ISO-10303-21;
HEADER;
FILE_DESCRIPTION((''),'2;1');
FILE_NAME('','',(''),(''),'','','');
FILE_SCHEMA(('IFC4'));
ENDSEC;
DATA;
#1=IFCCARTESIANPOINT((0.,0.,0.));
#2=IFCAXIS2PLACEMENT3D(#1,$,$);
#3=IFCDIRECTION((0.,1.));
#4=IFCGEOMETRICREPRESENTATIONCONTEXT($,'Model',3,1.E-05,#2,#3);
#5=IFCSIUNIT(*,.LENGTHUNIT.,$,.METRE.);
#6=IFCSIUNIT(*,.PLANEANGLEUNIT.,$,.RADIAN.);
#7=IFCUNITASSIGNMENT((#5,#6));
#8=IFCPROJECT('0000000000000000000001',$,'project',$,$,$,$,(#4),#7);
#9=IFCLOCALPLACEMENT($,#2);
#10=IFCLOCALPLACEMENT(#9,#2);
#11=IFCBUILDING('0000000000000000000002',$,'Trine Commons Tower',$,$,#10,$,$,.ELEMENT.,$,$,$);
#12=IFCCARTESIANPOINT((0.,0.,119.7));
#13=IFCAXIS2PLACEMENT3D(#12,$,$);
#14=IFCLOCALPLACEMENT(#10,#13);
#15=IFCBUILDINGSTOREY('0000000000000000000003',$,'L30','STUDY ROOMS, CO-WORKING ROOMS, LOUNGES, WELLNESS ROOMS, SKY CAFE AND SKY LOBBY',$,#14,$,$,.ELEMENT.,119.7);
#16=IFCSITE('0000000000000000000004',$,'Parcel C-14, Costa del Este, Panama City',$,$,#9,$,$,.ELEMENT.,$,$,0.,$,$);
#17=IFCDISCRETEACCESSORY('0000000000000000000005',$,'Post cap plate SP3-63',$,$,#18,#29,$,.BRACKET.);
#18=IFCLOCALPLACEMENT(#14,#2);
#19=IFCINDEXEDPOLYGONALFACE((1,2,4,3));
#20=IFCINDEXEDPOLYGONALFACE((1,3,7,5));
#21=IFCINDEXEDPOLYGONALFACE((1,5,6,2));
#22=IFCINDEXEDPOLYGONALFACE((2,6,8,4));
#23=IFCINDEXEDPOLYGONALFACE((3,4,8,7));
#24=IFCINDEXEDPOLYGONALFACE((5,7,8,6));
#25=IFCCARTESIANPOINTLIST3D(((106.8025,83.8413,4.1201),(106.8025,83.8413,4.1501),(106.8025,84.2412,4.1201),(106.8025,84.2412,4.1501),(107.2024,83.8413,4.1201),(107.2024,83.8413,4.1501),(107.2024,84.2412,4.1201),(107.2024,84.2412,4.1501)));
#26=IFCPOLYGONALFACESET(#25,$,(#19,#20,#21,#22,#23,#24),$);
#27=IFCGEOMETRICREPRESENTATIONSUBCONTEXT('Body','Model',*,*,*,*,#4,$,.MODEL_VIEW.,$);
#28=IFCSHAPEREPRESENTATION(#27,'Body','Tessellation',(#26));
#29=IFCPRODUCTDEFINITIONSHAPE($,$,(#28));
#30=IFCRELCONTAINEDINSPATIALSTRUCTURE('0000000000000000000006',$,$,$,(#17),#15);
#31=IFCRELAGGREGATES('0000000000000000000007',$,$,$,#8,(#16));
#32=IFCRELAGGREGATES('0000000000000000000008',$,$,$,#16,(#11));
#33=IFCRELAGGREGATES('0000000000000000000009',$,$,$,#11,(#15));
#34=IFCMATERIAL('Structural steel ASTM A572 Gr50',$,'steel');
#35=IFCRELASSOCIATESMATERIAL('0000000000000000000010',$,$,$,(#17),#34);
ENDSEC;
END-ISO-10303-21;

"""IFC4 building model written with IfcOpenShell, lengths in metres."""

from ifc_helpers import new_model, si_unit, direction, frame, origin, origin_2d, place, context, subcontext, project, spatial, rectangle, extrude, material, element, save


model = new_model("IFC4")

# Units and contexts
model_context = context("Model", 3, precision=1e-05, world=origin(), true_north=direction((0.0, 1.0)))
body_context = subcontext(model_context, "Body", "Model", "MODEL_VIEW")
ifc_project = project(units=[si_unit("LENGTHUNIT", "METRE"), si_unit("PLANEANGLEUNIT", "RADIAN")], contexts=[model_context])

# Site, building, storey
site_placement = place(None, origin())
site = spatial("IfcSite", under=ifc_project, at=site_placement, Name="Parcel C-14, Costa del Este, Panama City", CompositionType="ELEMENT", RefElevation=0.0)
building_placement = place(site_placement, origin())
building = spatial("IfcBuilding", under=site, at=building_placement, Name="Trine Commons Tower", CompositionType="ELEMENT")
storey_placement = place(building_placement, frame((0.0, 0.0, 119.7)))
storey = spatial("IfcBuildingStorey", under=building, at=storey_placement, Name="L30", Description="STUDY ROOMS, CO-WORKING ROOMS, LOUNGES, WELLNESS ROOMS, SKY CAFE AND SKY LOBBY", CompositionType="ELEMENT", Elevation=119.7)

# Discrete accessory
ifc_material_1 = material(Name="Structural steel ASTM A572 Gr50", Category="steel")
for number, where, z_axis, x_axis, name in (
    (1, (107.0024, 84.0413, 4.1201), (0.0, 0.0, 1.0), (1.0, 0.0, 0.0), "Post cap plate SP3-63"),
):
    element("IfcDiscreteAccessory", number, at=place(storey_placement, frame(where, z_axis=z_axis, x_axis=x_axis)), inside=storey, material=ifc_material_1, Name=name, PredefinedType="BRACKET", context=body_context, shape_type="SweptSolid", body=[
        extrude(rectangle(XDim=0.3999, YDim=0.3999, at=origin_2d()), origin(), (0.0, 0.0, 1.0), 0.03),
    ])

save(model, "model.ifc")
